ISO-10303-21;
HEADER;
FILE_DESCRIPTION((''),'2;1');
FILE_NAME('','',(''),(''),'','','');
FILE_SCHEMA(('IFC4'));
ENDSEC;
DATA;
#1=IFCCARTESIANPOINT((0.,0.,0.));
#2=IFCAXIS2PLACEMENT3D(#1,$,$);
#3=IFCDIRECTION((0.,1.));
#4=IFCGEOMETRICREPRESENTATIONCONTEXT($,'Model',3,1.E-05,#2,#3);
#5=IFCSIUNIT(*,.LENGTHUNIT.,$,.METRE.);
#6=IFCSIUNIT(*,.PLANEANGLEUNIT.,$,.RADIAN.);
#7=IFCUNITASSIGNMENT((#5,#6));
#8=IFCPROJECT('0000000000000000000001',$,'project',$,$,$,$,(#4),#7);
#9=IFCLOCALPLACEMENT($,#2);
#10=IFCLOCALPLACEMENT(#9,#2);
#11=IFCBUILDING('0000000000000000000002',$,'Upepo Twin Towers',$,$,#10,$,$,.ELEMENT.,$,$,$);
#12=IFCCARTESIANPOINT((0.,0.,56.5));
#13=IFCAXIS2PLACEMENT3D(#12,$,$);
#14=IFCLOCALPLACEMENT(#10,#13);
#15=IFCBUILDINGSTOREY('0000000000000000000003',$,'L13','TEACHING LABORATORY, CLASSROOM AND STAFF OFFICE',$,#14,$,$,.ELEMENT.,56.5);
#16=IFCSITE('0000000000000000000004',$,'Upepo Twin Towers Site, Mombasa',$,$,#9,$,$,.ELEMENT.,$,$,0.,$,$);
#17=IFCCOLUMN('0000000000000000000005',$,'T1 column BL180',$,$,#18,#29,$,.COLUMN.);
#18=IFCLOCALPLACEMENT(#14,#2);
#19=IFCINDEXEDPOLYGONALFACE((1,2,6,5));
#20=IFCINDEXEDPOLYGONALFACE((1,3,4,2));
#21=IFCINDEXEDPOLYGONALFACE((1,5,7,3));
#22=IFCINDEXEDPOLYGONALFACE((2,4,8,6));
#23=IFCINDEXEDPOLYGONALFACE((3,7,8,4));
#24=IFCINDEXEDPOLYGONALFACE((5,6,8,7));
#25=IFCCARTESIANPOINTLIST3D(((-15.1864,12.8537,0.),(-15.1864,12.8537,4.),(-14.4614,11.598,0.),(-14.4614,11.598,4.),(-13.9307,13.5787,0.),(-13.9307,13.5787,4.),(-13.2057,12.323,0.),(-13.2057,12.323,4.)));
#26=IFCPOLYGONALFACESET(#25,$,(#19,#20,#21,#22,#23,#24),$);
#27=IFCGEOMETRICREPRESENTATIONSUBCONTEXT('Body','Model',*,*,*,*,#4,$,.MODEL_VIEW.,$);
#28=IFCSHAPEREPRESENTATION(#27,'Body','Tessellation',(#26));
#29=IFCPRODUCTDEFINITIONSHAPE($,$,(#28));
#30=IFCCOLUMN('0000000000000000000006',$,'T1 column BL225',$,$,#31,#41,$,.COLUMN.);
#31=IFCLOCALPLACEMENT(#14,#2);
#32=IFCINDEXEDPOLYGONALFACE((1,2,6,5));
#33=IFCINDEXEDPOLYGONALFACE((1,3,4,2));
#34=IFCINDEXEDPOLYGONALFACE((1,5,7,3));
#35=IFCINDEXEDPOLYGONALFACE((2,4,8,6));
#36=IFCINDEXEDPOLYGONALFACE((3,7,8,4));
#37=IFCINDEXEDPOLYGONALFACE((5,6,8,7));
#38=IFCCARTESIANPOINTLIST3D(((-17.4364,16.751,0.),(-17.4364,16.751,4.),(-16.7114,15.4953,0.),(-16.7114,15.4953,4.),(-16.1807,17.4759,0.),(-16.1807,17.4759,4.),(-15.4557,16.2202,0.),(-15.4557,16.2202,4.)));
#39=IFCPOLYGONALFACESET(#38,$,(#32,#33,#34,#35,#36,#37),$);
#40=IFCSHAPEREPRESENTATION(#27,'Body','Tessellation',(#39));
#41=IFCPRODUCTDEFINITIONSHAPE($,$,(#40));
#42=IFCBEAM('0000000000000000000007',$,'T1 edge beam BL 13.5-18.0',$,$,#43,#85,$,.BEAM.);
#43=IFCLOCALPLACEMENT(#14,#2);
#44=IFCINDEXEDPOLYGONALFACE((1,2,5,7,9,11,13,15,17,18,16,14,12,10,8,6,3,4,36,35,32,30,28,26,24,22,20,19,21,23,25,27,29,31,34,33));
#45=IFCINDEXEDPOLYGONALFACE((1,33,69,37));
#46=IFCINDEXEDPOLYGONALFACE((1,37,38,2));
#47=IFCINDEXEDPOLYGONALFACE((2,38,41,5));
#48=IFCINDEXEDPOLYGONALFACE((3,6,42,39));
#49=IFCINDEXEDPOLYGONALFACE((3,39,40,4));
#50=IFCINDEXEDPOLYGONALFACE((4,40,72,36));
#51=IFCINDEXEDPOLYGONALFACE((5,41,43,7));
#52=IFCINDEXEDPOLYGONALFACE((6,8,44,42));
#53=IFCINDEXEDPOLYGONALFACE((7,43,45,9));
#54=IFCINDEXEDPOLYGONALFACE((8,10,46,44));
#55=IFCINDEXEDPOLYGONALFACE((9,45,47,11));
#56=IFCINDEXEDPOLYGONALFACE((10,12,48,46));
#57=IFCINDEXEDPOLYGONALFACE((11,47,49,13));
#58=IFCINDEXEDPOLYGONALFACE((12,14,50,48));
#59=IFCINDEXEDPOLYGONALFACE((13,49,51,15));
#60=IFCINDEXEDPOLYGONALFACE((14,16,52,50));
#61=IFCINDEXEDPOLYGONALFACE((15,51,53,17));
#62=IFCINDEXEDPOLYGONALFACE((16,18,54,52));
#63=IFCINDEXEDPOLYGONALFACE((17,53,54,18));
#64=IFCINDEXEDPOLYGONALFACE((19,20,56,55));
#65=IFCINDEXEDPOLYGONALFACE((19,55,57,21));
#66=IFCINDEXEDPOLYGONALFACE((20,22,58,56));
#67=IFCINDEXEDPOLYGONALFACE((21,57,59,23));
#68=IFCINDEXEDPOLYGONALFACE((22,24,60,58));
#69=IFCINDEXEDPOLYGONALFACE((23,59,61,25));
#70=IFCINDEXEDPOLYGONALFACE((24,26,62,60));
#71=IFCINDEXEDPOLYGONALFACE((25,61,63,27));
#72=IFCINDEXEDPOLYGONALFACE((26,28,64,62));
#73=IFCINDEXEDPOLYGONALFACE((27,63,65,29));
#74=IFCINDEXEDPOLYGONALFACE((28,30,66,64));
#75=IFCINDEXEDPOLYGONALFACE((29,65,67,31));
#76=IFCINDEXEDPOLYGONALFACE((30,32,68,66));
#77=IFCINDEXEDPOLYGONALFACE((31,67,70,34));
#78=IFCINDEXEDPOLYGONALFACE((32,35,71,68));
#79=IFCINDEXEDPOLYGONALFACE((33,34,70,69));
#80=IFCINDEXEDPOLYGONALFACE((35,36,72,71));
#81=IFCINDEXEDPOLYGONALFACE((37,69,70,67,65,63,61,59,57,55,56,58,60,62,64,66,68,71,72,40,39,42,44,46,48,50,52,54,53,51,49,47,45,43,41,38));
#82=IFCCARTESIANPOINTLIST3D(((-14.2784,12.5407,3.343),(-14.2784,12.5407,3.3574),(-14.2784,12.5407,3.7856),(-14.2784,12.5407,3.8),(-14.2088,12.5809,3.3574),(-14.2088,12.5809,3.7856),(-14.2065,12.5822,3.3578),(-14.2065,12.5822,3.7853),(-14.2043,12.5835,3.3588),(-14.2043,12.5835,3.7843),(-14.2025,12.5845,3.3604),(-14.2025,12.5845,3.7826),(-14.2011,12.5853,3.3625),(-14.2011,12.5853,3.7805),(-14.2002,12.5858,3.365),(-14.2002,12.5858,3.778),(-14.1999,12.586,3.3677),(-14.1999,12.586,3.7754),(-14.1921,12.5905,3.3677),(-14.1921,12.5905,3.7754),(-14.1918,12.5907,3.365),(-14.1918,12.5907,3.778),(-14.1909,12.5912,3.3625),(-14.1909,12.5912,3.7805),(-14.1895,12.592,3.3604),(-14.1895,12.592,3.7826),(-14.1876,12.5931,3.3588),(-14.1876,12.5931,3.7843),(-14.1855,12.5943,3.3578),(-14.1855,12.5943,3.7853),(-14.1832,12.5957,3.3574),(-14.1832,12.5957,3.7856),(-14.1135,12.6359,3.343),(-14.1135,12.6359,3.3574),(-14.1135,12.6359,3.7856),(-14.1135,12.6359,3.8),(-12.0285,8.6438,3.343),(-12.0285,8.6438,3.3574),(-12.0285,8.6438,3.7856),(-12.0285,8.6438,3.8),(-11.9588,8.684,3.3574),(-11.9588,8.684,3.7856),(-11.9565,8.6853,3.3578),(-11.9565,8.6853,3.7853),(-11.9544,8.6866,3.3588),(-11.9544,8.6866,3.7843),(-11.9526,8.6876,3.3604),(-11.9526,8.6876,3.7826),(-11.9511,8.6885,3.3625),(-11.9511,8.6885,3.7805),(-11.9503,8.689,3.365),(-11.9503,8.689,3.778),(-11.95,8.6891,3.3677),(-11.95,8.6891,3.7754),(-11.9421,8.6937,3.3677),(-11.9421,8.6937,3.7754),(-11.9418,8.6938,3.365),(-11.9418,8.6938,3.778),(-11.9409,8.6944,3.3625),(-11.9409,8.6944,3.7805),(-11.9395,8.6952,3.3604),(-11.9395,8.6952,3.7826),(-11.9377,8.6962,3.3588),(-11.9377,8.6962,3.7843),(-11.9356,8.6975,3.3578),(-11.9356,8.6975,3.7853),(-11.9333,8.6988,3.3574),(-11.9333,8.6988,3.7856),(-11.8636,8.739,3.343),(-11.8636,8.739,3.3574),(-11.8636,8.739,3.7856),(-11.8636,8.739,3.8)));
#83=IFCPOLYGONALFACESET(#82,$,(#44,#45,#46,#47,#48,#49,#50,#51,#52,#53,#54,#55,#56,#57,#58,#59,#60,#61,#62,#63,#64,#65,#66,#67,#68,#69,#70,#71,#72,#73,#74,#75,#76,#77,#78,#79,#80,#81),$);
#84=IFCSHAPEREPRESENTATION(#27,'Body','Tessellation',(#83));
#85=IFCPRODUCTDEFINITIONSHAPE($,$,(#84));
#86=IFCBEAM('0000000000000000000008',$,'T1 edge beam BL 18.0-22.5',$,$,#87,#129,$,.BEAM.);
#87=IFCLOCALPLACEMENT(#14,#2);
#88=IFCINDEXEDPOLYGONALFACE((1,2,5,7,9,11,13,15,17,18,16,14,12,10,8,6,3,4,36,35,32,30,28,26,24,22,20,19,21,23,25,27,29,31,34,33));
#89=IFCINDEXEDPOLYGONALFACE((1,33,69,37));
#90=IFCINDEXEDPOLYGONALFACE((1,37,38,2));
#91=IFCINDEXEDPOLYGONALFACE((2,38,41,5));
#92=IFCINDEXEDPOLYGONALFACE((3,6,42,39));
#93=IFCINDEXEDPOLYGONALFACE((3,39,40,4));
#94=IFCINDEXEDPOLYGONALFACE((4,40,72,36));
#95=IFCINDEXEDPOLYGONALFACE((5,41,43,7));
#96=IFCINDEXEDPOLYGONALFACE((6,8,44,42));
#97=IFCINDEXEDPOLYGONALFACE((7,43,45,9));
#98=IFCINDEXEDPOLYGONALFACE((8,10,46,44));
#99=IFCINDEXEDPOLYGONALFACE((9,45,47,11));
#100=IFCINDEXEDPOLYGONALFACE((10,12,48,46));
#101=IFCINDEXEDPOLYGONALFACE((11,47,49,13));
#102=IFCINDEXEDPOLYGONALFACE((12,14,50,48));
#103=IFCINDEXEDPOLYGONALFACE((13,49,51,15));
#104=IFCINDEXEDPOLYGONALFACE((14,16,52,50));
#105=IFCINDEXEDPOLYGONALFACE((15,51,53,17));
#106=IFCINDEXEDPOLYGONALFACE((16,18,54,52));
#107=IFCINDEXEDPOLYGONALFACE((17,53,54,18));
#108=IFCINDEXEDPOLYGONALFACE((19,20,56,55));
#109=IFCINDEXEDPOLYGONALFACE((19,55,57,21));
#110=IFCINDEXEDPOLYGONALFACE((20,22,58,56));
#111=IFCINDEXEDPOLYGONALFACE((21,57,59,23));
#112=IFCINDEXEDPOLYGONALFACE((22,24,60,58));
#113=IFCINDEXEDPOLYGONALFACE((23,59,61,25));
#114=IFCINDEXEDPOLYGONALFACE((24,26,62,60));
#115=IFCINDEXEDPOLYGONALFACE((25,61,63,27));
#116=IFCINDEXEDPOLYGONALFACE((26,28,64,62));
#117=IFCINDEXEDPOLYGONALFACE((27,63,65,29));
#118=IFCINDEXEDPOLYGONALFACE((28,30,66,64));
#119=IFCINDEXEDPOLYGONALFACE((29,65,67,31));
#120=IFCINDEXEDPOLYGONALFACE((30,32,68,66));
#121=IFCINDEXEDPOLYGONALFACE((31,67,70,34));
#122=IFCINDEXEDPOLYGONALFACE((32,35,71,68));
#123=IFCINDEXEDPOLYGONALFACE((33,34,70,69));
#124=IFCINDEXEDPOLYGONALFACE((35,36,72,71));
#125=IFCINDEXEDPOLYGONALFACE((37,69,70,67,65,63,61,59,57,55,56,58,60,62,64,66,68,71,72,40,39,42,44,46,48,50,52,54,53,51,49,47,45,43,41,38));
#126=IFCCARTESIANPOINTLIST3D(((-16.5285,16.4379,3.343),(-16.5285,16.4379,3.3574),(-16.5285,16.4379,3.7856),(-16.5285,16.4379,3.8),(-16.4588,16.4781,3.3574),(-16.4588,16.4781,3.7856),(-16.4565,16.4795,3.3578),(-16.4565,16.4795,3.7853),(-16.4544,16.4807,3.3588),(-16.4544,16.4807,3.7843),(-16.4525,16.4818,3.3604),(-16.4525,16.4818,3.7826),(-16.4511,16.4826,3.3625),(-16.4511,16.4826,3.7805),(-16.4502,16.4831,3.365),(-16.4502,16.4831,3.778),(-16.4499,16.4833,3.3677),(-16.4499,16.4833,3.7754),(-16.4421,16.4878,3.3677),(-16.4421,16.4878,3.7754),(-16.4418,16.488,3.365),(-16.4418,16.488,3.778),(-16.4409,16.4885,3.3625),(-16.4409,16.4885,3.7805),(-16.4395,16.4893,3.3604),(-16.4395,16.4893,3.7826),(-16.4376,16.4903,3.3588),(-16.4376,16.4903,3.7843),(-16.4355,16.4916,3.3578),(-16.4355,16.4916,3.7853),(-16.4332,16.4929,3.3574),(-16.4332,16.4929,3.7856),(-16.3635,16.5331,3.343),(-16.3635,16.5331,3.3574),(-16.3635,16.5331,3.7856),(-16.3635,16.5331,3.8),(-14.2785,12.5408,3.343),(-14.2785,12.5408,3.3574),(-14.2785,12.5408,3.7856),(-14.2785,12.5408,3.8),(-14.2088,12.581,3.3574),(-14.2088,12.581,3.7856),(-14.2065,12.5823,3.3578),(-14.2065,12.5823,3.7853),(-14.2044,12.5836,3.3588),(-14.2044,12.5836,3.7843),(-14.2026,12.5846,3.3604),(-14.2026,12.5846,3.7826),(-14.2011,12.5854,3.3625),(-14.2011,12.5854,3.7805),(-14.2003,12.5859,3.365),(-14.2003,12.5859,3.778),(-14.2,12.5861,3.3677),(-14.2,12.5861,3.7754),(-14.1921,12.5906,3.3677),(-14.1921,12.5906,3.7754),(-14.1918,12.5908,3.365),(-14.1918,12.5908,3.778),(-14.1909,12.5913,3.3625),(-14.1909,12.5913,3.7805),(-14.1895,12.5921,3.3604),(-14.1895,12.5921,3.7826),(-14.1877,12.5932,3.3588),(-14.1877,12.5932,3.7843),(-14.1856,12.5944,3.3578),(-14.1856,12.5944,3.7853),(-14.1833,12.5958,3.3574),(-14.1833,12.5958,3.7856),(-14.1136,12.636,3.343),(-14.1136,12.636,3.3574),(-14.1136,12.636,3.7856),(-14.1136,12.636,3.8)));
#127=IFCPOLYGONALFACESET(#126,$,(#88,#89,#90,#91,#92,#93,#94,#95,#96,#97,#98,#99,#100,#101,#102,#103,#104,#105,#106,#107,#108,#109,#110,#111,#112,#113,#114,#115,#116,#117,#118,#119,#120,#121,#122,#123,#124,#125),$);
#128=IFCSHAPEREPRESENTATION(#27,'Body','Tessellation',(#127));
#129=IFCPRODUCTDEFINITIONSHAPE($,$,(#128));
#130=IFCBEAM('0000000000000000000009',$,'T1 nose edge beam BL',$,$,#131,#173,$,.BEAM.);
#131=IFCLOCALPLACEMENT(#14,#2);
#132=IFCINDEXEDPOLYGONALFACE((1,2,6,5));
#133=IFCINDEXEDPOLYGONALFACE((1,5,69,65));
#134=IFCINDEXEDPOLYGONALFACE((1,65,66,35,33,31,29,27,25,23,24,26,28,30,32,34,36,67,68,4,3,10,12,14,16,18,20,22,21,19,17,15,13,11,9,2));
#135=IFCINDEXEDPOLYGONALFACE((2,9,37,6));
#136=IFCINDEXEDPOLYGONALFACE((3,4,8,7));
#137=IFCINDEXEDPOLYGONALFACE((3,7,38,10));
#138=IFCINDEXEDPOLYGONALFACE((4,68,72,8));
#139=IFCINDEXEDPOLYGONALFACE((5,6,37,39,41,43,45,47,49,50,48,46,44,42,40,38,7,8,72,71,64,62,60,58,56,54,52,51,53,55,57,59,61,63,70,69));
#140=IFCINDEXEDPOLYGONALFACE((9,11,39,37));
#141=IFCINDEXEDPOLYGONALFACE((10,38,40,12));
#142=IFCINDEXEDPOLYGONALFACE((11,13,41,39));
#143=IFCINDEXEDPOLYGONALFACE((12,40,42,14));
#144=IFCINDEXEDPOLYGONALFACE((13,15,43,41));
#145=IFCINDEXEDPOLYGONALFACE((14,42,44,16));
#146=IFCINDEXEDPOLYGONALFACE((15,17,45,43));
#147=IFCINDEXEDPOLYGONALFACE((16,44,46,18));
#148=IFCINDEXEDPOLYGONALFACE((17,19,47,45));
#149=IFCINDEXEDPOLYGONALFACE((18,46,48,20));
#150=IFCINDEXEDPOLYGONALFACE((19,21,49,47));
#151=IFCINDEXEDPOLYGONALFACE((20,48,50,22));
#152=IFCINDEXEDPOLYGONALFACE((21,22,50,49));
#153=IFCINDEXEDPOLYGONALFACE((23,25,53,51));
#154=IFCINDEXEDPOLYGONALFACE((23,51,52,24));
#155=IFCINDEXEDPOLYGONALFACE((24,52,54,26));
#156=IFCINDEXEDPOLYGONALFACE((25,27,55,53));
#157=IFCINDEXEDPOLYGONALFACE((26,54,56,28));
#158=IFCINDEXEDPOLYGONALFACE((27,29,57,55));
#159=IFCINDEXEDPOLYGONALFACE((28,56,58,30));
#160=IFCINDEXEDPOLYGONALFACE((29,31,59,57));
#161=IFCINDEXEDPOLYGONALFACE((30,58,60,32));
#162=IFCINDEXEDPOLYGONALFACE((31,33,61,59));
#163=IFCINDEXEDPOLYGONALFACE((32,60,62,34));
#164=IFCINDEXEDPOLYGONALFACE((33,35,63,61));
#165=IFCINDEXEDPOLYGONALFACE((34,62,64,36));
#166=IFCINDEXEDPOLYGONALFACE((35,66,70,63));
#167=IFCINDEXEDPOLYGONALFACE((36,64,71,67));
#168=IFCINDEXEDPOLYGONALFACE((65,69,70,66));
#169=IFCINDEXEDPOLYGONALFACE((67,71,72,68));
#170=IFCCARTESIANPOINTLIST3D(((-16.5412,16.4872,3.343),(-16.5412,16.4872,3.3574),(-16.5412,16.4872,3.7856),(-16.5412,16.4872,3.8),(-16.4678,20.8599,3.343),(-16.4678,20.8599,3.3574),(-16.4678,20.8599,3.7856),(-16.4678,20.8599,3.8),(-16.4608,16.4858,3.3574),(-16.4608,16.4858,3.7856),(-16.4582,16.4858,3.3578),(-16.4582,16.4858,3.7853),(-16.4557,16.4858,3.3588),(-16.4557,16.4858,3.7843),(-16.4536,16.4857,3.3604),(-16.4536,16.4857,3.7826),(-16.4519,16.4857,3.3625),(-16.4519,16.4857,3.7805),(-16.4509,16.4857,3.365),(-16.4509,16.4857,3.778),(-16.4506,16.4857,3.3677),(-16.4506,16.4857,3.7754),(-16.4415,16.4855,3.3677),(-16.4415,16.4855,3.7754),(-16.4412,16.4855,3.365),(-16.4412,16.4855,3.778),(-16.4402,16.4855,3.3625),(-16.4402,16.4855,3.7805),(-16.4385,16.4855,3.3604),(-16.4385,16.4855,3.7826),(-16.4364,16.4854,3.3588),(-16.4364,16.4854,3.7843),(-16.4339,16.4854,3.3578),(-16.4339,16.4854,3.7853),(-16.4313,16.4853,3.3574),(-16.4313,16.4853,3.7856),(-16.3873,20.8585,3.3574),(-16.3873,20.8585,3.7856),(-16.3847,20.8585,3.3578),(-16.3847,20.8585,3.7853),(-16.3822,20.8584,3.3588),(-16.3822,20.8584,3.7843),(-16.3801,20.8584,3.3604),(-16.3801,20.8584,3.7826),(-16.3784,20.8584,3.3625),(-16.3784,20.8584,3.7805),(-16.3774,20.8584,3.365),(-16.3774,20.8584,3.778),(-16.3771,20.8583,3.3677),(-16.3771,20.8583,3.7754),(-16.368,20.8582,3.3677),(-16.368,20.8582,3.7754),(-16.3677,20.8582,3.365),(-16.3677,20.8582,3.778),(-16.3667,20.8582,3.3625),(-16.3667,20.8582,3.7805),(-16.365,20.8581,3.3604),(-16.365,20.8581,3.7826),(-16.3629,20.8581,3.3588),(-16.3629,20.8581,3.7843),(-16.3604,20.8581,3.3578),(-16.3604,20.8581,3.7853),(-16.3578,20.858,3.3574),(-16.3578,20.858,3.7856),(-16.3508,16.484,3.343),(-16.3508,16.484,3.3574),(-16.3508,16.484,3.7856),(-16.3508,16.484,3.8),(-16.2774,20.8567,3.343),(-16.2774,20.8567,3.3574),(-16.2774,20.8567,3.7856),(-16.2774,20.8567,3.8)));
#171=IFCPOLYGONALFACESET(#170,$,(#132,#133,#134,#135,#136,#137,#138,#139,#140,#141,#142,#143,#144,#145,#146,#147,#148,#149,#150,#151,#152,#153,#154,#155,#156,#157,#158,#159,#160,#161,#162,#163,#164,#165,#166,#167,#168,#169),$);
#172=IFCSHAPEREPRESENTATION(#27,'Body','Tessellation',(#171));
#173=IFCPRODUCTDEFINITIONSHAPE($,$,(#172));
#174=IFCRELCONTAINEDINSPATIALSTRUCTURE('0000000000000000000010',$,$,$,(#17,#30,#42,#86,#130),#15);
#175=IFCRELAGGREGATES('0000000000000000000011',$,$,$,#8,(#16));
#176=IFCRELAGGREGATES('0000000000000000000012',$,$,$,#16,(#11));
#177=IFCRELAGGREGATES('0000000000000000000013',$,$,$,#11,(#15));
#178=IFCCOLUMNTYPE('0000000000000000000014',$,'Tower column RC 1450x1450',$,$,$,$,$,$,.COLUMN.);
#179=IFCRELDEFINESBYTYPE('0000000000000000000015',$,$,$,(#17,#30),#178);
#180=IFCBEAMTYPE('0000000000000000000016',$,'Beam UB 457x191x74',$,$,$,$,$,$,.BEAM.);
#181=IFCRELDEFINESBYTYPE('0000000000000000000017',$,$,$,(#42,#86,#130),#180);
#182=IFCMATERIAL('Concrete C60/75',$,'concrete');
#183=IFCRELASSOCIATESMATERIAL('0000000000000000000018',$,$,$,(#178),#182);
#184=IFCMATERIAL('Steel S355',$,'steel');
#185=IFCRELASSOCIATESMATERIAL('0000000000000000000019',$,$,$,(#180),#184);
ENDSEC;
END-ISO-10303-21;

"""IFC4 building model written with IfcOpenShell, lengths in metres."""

from ifc_helpers import new_model, si_unit, direction, frame, origin, origin_2d, place, context, subcontext, project, spatial, rectangle, i_section, extrude, material, material_profile, profile_set, type_object, element, save


model = new_model("IFC4")

# Units and contexts
model_context = context("Model", 3, precision=1e-05, world=origin(), true_north=direction((0.0, 1.0)))
body_context = subcontext(model_context, "Body", "Model", "MODEL_VIEW")
ifc_project = project(units=[si_unit("LENGTHUNIT", "METRE"), si_unit("PLANEANGLEUNIT", "RADIAN")], contexts=[model_context])

# Site, building, storey
site_placement = place(None, origin())
site = spatial("IfcSite", under=ifc_project, at=site_placement, Name="Upepo Twin Towers Site, Mombasa", CompositionType="ELEMENT", RefElevation=0.0)
building_placement = place(site_placement, origin())
building = spatial("IfcBuilding", under=site, at=building_placement, Name="Upepo Twin Towers", CompositionType="ELEMENT")
storey_placement = place(building_placement, frame((0.0, 0.0, 56.5)))
storey = spatial("IfcBuildingStorey", under=building, at=storey_placement, Name="L13", Description="TEACHING LABORATORY, CLASSROOM AND STAFF OFFICE", CompositionType="ELEMENT", Elevation=56.5)

# Columns
ifc_material_1 = material(Name="Concrete C60/75", Category="concrete")
ifc_material_profile_1 = material_profile(ifc_material_1, rectangle(XDim=1.45, YDim=1.45, at=origin_2d()), Name="RC 1450x1450")
ifc_profile_set_1 = profile_set([ifc_material_profile_1], Name="Concrete C60/75")
column_type = type_object("IfcColumnType", Name="Tower column RC 1450x1450", PredefinedType="COLUMN", material=ifc_profile_set_1)
for number, where, z_axis, x_axis, name in (
    (1, (-14.196, 12.5884, 0.0), (0.0, 0.0, 1.0), (0.866025, 0.5, 0.0), "T1 column BL180"),
    (2, (-16.446, 16.4856, 0.0), (0.0, 0.0, 1.0), (0.866025, 0.5, 0.0), "T1 column BL225"),
):
    element("IfcColumn", number, at=place(storey_placement, frame(where, z_axis=z_axis, x_axis=x_axis)), inside=storey, type_object=column_type, Name=name, PredefinedType="COLUMN", context=body_context, shape_type="SweptSolid", body=[
        extrude(rectangle(XDim=1.45, YDim=1.45, at=origin_2d()), origin(), (0.0, 0.0, 1.0), 4.0),
    ])

# Beams
ifc_material_2 = material(Name="Steel S355", Category="steel")
ifc_material_profile_2 = material_profile(ifc_material_2, i_section(OverallWidth=0.1904, OverallDepth=0.457, WebThickness=0.009, FlangeThickness=0.0144, FilletRadius=0.0103, at=origin_2d()), Name="UB 457x191x74")
ifc_profile_set_2 = profile_set([ifc_material_profile_2], Name="Steel S355")
beam_type_1 = type_object("IfcBeamType", Name="Beam UB 457x191x74", PredefinedType="BEAM", material=ifc_profile_set_2)
beam_1_placement = place(storey_placement, frame((-11.946, 8.6914, 3.5715), z_axis=(-0.500014, 0.866018, 0.0), x_axis=(-0.866018, -0.500014, 0.0)))
element("IfcBeam", 3, at=beam_1_placement, inside=storey, type_object=beam_type_1, Name="T1 edge beam BL 13.5-18.0", PredefinedType="BEAM", context=body_context, shape_type="SweptSolid", body=[
    extrude(i_section(OverallWidth=0.1904, OverallDepth=0.457, WebThickness=0.009, FlangeThickness=0.0144, FilletRadius=0.0103, at=origin_2d()), origin(), (0.0, 0.0, 1.0), 4.4998),
])
beam_2_placement = place(storey_placement, frame((-14.196, 12.5884, 3.5715), z_axis=(-0.49999, 0.866031, 0.0), x_axis=(-0.866031, -0.49999, 0.0)))
element("IfcBeam", 4, at=beam_2_placement, inside=storey, type_object=beam_type_1, Name="T1 edge beam BL 18.0-22.5", PredefinedType="BEAM", context=body_context, shape_type="SweptSolid", body=[
    extrude(i_section(OverallWidth=0.1904, OverallDepth=0.457, WebThickness=0.009, FlangeThickness=0.0144, FilletRadius=0.0103, at=origin_2d()), origin(), (0.0, 0.0, 1.0), 4.5),
])
beam_3_placement = place(storey_placement, frame((-16.446, 16.4856, 3.5715), z_axis=(0.016804, 0.999859, 0.0), x_axis=(-0.999859, 0.016804, 0.0)))
element("IfcBeam", 5, at=beam_3_placement, inside=storey, type_object=beam_type_1, Name="T1 nose edge beam BL", PredefinedType="BEAM", context=body_context, shape_type="SweptSolid", body=[
    extrude(i_section(OverallWidth=0.1904, OverallDepth=0.457, WebThickness=0.009, FlangeThickness=0.0144, FilletRadius=0.0103, at=origin_2d()), origin(), (0.0, 0.0, 1.0), 4.3733),
])

save(model, "model.ifc")
